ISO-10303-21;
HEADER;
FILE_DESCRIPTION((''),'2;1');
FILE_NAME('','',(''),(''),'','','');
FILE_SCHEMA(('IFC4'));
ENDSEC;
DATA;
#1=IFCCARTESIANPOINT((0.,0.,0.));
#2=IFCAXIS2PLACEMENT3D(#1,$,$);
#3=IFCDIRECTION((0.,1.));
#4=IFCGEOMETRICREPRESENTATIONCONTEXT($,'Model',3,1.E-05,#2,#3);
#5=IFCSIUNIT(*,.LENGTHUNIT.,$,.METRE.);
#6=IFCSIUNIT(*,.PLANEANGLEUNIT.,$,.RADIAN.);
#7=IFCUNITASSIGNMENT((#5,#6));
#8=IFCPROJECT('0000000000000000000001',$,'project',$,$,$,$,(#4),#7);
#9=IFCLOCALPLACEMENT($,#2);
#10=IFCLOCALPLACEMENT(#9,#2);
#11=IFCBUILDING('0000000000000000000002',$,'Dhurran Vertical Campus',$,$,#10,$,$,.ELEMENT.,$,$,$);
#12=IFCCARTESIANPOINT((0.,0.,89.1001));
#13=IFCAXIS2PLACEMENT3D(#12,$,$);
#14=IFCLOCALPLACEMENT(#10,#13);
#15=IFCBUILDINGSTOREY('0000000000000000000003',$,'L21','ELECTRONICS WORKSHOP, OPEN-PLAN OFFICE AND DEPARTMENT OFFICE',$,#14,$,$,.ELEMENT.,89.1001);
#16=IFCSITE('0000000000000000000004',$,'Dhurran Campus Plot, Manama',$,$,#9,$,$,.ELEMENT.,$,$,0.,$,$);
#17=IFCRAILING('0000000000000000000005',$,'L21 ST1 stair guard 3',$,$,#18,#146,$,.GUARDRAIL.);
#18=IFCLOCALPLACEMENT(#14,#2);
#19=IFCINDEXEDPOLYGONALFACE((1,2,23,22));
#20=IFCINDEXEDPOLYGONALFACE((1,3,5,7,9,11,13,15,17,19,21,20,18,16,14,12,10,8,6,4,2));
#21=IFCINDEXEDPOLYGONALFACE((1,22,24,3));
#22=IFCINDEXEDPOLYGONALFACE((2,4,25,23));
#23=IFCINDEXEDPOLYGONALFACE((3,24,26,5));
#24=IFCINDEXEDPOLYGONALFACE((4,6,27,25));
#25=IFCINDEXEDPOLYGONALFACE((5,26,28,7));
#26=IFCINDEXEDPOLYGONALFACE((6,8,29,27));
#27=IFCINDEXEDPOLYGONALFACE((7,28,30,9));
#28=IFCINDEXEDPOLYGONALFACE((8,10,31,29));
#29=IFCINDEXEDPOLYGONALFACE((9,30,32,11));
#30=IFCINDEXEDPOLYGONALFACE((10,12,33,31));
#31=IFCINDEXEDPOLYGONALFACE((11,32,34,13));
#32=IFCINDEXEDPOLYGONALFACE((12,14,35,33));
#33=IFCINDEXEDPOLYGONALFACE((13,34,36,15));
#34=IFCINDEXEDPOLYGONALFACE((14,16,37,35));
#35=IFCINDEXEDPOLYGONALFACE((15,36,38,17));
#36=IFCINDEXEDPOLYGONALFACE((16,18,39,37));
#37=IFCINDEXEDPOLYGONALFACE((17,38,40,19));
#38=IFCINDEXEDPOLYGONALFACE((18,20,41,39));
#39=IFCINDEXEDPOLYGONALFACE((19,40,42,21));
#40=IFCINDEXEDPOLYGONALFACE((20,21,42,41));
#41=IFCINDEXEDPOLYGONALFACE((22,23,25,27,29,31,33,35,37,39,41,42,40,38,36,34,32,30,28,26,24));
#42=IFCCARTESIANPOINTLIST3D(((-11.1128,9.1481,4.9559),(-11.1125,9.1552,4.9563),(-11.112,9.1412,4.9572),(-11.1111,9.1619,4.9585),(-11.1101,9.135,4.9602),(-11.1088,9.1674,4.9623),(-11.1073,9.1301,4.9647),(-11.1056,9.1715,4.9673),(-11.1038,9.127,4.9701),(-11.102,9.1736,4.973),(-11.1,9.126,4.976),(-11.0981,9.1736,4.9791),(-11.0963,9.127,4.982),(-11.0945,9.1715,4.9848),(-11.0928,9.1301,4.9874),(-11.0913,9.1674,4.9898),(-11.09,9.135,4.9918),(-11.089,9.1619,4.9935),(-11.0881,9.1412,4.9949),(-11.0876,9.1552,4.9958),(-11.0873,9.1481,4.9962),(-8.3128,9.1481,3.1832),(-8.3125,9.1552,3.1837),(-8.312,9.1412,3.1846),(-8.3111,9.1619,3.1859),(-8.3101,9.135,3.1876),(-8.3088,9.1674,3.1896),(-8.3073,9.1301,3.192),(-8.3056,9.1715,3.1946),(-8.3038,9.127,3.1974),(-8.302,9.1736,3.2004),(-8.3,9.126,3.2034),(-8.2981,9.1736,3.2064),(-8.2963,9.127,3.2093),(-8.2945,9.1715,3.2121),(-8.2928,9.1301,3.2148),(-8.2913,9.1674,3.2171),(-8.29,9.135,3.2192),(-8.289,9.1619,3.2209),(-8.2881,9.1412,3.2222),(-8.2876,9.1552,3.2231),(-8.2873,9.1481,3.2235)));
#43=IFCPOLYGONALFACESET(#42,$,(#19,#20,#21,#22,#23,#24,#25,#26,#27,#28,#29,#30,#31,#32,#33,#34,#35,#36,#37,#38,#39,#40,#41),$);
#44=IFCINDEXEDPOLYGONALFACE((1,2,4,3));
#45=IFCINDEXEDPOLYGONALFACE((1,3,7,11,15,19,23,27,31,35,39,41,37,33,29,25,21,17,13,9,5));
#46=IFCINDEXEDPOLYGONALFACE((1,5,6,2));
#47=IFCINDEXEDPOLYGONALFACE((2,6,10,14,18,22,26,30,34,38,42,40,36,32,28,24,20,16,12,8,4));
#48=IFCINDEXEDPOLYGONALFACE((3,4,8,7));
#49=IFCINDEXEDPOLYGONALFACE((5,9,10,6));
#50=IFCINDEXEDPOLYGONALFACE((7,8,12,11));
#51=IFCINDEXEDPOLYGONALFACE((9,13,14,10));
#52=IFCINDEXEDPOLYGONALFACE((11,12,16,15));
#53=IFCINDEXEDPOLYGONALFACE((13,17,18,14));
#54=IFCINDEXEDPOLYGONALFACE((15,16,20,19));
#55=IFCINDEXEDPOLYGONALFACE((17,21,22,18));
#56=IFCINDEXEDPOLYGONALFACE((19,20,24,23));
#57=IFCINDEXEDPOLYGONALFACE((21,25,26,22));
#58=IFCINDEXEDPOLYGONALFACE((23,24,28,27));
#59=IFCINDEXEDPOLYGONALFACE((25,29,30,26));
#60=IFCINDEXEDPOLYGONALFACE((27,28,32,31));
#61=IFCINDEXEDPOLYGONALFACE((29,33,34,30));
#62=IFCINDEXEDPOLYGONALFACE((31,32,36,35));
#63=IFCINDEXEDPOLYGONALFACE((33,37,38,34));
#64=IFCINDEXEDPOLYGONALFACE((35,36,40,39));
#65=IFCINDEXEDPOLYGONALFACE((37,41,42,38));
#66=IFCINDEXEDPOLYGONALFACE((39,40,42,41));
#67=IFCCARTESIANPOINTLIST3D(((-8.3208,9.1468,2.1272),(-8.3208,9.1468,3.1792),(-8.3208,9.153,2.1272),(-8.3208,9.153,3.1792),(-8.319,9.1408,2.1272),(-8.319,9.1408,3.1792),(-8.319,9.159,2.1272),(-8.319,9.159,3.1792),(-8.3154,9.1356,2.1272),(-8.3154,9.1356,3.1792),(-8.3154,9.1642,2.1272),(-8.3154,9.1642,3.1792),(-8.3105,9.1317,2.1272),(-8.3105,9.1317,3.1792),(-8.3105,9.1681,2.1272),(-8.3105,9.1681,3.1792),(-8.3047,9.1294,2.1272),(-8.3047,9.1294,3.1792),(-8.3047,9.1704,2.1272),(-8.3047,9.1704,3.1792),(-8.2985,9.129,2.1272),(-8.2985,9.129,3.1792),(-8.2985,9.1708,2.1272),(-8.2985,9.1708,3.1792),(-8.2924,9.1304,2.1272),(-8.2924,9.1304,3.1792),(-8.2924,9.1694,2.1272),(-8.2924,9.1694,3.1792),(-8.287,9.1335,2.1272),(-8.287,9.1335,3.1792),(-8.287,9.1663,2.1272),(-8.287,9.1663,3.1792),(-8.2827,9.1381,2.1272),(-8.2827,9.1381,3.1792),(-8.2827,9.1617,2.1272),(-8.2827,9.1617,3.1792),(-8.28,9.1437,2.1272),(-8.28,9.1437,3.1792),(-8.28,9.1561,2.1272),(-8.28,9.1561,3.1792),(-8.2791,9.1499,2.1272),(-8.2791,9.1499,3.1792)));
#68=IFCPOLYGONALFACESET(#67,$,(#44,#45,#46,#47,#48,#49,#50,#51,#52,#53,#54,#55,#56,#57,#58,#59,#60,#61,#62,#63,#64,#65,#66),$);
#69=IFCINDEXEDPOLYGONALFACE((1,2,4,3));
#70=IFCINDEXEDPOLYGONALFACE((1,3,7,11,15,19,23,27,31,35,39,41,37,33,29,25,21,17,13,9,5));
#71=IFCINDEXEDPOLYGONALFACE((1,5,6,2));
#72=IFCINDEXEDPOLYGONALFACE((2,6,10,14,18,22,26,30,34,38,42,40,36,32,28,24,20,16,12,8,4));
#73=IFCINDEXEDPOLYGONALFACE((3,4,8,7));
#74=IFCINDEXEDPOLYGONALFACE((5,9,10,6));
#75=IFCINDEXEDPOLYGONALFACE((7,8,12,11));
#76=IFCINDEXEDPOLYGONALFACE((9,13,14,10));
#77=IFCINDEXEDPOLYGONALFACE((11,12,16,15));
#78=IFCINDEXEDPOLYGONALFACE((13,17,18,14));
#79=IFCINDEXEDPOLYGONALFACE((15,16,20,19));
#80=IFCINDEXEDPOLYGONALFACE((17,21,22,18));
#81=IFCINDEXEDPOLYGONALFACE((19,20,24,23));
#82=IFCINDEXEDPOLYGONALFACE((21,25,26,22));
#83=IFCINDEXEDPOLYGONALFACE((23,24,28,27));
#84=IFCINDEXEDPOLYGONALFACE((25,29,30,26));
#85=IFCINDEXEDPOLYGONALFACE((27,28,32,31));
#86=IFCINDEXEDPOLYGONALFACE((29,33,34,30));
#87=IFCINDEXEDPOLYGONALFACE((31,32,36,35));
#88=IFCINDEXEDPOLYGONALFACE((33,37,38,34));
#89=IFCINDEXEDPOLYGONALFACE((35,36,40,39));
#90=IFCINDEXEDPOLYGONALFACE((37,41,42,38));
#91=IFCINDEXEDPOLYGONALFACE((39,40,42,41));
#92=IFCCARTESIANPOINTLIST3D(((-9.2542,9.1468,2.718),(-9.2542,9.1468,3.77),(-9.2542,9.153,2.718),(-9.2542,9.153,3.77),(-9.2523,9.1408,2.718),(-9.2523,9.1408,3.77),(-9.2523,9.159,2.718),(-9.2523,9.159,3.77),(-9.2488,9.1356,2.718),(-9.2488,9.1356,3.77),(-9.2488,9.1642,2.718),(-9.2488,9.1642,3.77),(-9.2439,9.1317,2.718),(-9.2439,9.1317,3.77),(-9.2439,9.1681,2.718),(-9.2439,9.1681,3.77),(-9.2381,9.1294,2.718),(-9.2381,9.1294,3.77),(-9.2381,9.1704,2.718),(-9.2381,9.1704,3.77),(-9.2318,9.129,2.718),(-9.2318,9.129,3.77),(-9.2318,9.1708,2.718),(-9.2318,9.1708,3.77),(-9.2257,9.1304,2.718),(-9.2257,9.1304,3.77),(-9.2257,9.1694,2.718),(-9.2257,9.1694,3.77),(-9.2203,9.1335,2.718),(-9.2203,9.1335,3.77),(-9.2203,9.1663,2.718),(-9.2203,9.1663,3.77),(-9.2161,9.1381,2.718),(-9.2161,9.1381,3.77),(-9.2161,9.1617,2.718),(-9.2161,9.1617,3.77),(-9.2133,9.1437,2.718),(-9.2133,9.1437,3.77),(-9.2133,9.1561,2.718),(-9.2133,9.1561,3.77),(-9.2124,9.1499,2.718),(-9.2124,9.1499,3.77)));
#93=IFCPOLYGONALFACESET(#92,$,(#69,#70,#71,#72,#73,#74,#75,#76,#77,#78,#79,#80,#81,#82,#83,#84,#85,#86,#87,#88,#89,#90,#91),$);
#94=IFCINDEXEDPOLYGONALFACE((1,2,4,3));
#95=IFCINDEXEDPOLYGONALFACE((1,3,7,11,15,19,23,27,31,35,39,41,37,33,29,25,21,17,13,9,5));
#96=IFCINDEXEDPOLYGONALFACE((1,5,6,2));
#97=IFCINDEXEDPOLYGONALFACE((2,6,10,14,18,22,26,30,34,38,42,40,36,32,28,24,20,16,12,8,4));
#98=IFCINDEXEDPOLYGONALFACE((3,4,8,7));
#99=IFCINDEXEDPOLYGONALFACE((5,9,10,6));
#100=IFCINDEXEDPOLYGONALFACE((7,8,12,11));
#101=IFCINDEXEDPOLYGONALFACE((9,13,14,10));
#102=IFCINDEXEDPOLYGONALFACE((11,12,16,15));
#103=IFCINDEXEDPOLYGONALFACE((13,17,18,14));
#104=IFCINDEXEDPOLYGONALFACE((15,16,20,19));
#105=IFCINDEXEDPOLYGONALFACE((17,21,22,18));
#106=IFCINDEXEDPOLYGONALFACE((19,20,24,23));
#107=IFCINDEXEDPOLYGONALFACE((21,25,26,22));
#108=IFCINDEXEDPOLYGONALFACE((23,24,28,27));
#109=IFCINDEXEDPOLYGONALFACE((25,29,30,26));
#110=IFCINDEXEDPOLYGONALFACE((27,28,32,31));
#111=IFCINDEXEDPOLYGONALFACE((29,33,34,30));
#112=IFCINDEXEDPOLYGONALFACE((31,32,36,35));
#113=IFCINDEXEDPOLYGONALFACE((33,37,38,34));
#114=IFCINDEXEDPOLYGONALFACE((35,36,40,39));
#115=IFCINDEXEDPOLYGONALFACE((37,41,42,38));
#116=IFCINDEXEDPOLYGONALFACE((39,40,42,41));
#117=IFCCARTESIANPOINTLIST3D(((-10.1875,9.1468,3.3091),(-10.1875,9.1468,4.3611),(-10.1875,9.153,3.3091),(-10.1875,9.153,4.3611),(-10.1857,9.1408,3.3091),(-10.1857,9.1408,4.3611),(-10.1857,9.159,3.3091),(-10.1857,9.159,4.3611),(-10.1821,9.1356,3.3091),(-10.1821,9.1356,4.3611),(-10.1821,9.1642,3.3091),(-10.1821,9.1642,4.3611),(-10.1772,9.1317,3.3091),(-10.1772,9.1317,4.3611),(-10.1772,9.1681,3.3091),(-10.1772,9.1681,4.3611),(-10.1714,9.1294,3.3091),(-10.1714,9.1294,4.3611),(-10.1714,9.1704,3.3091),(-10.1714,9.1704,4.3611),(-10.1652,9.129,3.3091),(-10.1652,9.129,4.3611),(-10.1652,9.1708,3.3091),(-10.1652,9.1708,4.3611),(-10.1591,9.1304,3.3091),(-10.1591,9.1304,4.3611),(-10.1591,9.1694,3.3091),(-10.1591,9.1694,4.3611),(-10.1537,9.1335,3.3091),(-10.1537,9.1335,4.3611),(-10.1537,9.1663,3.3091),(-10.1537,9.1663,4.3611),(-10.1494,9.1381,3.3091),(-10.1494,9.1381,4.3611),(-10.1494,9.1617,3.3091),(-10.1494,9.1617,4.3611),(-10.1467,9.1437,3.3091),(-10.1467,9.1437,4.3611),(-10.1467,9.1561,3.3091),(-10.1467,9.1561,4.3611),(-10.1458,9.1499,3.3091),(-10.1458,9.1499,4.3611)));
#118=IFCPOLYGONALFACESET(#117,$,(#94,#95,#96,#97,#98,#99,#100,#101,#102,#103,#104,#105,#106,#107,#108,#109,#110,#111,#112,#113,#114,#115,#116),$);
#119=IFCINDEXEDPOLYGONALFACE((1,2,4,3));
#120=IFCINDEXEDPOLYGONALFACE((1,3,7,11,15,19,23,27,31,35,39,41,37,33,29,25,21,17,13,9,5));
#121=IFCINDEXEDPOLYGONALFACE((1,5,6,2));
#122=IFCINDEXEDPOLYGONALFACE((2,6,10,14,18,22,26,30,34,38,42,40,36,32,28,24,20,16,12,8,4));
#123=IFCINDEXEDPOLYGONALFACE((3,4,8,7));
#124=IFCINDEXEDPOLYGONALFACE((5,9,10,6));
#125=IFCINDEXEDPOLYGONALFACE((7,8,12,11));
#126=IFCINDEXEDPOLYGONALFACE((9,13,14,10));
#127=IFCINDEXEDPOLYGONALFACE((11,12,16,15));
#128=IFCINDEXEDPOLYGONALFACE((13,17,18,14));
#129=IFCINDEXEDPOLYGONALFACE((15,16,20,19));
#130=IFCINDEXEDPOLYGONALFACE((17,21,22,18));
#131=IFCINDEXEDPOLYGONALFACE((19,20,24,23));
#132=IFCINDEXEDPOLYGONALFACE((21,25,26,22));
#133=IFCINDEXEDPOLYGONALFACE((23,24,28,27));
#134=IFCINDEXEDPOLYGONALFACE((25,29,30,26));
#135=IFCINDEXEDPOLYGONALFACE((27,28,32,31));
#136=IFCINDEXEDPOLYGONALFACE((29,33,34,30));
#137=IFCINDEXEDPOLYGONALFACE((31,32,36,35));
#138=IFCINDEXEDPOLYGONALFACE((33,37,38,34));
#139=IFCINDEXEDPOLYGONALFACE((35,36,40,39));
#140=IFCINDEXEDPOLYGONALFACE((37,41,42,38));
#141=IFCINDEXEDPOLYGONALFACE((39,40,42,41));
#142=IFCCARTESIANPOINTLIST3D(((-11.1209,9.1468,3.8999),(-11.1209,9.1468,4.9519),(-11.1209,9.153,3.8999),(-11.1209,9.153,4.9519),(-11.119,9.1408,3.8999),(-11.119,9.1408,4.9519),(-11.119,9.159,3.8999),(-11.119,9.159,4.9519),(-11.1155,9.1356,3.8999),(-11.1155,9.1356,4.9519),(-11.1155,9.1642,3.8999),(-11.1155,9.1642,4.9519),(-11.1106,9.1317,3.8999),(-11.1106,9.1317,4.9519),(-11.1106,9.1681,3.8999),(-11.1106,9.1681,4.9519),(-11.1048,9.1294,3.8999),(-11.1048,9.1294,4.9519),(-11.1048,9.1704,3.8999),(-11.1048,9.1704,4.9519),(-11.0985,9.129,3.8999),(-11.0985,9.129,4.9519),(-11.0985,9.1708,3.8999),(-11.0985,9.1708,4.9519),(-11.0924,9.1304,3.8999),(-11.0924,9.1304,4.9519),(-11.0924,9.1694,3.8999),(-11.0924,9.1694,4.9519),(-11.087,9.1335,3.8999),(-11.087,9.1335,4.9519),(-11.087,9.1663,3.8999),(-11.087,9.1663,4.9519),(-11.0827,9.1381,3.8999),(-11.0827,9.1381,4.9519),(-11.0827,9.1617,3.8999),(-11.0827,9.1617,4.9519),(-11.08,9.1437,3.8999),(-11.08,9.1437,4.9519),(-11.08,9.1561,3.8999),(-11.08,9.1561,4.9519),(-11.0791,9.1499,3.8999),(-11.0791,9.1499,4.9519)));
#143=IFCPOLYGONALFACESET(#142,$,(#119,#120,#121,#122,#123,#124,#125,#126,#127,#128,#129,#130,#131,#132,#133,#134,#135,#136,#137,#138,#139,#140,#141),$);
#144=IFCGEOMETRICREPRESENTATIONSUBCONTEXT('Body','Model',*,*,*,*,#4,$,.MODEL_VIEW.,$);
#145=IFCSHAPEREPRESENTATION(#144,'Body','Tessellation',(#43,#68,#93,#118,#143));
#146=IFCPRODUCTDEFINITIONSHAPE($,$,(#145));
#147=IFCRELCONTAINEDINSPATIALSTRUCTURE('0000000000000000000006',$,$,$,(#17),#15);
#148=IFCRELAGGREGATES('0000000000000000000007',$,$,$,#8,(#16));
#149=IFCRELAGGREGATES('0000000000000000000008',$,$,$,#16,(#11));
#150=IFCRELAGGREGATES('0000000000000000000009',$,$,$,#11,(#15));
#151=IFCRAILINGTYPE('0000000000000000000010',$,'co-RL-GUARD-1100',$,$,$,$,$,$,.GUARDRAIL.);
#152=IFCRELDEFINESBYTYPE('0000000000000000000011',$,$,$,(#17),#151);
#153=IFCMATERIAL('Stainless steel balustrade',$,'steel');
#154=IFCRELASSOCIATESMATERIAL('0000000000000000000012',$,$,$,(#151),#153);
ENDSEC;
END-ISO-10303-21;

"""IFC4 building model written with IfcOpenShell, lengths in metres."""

from ifc_helpers import new_model, si_unit, direction, frame, origin, origin_2d, place, context, subcontext, project, spatial, circle, extrude, material, type_object, element, save


model = new_model("IFC4")

# Units and contexts
model_context = context("Model", 3, precision=1e-05, world=origin(), true_north=direction((0.0, 1.0)))
body_context = subcontext(model_context, "Body", "Model", "MODEL_VIEW")
ifc_project = project(units=[si_unit("LENGTHUNIT", "METRE"), si_unit("PLANEANGLEUNIT", "RADIAN")], contexts=[model_context])

# Site, building, storey
site_placement = place(None, origin())
site = spatial("IfcSite", under=ifc_project, at=site_placement, Name="Dhurran Campus Plot, Manama", CompositionType="ELEMENT", RefElevation=0.0)
building_placement = place(site_placement, origin())
building = spatial("IfcBuilding", under=site, at=building_placement, Name="Dhurran Vertical Campus", CompositionType="ELEMENT")
storey_placement = place(building_placement, frame((0.0, 0.0, 89.1001)))
storey = spatial("IfcBuildingStorey", under=building, at=storey_placement, Name="L21", Description="ELECTRONICS WORKSHOP, OPEN-PLAN OFFICE AND DEPARTMENT OFFICE", CompositionType="ELEMENT", Elevation=89.1001)

# Railing
ifc_material_1 = material(Name="Stainless steel balustrade", Category="steel")
railing_type_1 = type_object("IfcRailingType", Name="co-RL-GUARD-1100", PredefinedType="GUARDRAIL", material=ifc_material_1)
railing_1_placement = place(storey_placement, frame((-8.3, 9.1499, 2.1272)))
element("IfcRailing", 1, at=railing_1_placement, inside=storey, type_object=railing_type_1, Name="L21 ST1 stair guard 3", PredefinedType="GUARDRAIL", context=body_context, shape_type="SweptSolid", body=[
    extrude(circle(Radius=0.0239, at=origin_2d()), frame((0.0, 0.0, 1.0762), z_axis=(-0.844909, 0.0, 0.53491), x_axis=(0.0, -1.0, 0.0)), (0.0, 0.0, 1.0), 3.314),
    extrude(circle(Radius=0.021, at=origin_2d()), origin(), (0.0, 0.0, 1.0), 1.052),
    extrude(circle(Radius=0.021, at=origin_2d()), frame((-0.9333, 0.0, 0.5908)), (0.0, 0.0, 1.0), 1.052),
    extrude(circle(Radius=0.021, at=origin_2d()), frame((-1.8667, 0.0, 1.1819)), (0.0, 0.0, 1.0), 1.052),
    extrude(circle(Radius=0.021, at=origin_2d()), frame((-2.8, 0.0, 1.7727)), (0.0, 0.0, 1.0), 1.052),
])

save(model, "model.ifc")
